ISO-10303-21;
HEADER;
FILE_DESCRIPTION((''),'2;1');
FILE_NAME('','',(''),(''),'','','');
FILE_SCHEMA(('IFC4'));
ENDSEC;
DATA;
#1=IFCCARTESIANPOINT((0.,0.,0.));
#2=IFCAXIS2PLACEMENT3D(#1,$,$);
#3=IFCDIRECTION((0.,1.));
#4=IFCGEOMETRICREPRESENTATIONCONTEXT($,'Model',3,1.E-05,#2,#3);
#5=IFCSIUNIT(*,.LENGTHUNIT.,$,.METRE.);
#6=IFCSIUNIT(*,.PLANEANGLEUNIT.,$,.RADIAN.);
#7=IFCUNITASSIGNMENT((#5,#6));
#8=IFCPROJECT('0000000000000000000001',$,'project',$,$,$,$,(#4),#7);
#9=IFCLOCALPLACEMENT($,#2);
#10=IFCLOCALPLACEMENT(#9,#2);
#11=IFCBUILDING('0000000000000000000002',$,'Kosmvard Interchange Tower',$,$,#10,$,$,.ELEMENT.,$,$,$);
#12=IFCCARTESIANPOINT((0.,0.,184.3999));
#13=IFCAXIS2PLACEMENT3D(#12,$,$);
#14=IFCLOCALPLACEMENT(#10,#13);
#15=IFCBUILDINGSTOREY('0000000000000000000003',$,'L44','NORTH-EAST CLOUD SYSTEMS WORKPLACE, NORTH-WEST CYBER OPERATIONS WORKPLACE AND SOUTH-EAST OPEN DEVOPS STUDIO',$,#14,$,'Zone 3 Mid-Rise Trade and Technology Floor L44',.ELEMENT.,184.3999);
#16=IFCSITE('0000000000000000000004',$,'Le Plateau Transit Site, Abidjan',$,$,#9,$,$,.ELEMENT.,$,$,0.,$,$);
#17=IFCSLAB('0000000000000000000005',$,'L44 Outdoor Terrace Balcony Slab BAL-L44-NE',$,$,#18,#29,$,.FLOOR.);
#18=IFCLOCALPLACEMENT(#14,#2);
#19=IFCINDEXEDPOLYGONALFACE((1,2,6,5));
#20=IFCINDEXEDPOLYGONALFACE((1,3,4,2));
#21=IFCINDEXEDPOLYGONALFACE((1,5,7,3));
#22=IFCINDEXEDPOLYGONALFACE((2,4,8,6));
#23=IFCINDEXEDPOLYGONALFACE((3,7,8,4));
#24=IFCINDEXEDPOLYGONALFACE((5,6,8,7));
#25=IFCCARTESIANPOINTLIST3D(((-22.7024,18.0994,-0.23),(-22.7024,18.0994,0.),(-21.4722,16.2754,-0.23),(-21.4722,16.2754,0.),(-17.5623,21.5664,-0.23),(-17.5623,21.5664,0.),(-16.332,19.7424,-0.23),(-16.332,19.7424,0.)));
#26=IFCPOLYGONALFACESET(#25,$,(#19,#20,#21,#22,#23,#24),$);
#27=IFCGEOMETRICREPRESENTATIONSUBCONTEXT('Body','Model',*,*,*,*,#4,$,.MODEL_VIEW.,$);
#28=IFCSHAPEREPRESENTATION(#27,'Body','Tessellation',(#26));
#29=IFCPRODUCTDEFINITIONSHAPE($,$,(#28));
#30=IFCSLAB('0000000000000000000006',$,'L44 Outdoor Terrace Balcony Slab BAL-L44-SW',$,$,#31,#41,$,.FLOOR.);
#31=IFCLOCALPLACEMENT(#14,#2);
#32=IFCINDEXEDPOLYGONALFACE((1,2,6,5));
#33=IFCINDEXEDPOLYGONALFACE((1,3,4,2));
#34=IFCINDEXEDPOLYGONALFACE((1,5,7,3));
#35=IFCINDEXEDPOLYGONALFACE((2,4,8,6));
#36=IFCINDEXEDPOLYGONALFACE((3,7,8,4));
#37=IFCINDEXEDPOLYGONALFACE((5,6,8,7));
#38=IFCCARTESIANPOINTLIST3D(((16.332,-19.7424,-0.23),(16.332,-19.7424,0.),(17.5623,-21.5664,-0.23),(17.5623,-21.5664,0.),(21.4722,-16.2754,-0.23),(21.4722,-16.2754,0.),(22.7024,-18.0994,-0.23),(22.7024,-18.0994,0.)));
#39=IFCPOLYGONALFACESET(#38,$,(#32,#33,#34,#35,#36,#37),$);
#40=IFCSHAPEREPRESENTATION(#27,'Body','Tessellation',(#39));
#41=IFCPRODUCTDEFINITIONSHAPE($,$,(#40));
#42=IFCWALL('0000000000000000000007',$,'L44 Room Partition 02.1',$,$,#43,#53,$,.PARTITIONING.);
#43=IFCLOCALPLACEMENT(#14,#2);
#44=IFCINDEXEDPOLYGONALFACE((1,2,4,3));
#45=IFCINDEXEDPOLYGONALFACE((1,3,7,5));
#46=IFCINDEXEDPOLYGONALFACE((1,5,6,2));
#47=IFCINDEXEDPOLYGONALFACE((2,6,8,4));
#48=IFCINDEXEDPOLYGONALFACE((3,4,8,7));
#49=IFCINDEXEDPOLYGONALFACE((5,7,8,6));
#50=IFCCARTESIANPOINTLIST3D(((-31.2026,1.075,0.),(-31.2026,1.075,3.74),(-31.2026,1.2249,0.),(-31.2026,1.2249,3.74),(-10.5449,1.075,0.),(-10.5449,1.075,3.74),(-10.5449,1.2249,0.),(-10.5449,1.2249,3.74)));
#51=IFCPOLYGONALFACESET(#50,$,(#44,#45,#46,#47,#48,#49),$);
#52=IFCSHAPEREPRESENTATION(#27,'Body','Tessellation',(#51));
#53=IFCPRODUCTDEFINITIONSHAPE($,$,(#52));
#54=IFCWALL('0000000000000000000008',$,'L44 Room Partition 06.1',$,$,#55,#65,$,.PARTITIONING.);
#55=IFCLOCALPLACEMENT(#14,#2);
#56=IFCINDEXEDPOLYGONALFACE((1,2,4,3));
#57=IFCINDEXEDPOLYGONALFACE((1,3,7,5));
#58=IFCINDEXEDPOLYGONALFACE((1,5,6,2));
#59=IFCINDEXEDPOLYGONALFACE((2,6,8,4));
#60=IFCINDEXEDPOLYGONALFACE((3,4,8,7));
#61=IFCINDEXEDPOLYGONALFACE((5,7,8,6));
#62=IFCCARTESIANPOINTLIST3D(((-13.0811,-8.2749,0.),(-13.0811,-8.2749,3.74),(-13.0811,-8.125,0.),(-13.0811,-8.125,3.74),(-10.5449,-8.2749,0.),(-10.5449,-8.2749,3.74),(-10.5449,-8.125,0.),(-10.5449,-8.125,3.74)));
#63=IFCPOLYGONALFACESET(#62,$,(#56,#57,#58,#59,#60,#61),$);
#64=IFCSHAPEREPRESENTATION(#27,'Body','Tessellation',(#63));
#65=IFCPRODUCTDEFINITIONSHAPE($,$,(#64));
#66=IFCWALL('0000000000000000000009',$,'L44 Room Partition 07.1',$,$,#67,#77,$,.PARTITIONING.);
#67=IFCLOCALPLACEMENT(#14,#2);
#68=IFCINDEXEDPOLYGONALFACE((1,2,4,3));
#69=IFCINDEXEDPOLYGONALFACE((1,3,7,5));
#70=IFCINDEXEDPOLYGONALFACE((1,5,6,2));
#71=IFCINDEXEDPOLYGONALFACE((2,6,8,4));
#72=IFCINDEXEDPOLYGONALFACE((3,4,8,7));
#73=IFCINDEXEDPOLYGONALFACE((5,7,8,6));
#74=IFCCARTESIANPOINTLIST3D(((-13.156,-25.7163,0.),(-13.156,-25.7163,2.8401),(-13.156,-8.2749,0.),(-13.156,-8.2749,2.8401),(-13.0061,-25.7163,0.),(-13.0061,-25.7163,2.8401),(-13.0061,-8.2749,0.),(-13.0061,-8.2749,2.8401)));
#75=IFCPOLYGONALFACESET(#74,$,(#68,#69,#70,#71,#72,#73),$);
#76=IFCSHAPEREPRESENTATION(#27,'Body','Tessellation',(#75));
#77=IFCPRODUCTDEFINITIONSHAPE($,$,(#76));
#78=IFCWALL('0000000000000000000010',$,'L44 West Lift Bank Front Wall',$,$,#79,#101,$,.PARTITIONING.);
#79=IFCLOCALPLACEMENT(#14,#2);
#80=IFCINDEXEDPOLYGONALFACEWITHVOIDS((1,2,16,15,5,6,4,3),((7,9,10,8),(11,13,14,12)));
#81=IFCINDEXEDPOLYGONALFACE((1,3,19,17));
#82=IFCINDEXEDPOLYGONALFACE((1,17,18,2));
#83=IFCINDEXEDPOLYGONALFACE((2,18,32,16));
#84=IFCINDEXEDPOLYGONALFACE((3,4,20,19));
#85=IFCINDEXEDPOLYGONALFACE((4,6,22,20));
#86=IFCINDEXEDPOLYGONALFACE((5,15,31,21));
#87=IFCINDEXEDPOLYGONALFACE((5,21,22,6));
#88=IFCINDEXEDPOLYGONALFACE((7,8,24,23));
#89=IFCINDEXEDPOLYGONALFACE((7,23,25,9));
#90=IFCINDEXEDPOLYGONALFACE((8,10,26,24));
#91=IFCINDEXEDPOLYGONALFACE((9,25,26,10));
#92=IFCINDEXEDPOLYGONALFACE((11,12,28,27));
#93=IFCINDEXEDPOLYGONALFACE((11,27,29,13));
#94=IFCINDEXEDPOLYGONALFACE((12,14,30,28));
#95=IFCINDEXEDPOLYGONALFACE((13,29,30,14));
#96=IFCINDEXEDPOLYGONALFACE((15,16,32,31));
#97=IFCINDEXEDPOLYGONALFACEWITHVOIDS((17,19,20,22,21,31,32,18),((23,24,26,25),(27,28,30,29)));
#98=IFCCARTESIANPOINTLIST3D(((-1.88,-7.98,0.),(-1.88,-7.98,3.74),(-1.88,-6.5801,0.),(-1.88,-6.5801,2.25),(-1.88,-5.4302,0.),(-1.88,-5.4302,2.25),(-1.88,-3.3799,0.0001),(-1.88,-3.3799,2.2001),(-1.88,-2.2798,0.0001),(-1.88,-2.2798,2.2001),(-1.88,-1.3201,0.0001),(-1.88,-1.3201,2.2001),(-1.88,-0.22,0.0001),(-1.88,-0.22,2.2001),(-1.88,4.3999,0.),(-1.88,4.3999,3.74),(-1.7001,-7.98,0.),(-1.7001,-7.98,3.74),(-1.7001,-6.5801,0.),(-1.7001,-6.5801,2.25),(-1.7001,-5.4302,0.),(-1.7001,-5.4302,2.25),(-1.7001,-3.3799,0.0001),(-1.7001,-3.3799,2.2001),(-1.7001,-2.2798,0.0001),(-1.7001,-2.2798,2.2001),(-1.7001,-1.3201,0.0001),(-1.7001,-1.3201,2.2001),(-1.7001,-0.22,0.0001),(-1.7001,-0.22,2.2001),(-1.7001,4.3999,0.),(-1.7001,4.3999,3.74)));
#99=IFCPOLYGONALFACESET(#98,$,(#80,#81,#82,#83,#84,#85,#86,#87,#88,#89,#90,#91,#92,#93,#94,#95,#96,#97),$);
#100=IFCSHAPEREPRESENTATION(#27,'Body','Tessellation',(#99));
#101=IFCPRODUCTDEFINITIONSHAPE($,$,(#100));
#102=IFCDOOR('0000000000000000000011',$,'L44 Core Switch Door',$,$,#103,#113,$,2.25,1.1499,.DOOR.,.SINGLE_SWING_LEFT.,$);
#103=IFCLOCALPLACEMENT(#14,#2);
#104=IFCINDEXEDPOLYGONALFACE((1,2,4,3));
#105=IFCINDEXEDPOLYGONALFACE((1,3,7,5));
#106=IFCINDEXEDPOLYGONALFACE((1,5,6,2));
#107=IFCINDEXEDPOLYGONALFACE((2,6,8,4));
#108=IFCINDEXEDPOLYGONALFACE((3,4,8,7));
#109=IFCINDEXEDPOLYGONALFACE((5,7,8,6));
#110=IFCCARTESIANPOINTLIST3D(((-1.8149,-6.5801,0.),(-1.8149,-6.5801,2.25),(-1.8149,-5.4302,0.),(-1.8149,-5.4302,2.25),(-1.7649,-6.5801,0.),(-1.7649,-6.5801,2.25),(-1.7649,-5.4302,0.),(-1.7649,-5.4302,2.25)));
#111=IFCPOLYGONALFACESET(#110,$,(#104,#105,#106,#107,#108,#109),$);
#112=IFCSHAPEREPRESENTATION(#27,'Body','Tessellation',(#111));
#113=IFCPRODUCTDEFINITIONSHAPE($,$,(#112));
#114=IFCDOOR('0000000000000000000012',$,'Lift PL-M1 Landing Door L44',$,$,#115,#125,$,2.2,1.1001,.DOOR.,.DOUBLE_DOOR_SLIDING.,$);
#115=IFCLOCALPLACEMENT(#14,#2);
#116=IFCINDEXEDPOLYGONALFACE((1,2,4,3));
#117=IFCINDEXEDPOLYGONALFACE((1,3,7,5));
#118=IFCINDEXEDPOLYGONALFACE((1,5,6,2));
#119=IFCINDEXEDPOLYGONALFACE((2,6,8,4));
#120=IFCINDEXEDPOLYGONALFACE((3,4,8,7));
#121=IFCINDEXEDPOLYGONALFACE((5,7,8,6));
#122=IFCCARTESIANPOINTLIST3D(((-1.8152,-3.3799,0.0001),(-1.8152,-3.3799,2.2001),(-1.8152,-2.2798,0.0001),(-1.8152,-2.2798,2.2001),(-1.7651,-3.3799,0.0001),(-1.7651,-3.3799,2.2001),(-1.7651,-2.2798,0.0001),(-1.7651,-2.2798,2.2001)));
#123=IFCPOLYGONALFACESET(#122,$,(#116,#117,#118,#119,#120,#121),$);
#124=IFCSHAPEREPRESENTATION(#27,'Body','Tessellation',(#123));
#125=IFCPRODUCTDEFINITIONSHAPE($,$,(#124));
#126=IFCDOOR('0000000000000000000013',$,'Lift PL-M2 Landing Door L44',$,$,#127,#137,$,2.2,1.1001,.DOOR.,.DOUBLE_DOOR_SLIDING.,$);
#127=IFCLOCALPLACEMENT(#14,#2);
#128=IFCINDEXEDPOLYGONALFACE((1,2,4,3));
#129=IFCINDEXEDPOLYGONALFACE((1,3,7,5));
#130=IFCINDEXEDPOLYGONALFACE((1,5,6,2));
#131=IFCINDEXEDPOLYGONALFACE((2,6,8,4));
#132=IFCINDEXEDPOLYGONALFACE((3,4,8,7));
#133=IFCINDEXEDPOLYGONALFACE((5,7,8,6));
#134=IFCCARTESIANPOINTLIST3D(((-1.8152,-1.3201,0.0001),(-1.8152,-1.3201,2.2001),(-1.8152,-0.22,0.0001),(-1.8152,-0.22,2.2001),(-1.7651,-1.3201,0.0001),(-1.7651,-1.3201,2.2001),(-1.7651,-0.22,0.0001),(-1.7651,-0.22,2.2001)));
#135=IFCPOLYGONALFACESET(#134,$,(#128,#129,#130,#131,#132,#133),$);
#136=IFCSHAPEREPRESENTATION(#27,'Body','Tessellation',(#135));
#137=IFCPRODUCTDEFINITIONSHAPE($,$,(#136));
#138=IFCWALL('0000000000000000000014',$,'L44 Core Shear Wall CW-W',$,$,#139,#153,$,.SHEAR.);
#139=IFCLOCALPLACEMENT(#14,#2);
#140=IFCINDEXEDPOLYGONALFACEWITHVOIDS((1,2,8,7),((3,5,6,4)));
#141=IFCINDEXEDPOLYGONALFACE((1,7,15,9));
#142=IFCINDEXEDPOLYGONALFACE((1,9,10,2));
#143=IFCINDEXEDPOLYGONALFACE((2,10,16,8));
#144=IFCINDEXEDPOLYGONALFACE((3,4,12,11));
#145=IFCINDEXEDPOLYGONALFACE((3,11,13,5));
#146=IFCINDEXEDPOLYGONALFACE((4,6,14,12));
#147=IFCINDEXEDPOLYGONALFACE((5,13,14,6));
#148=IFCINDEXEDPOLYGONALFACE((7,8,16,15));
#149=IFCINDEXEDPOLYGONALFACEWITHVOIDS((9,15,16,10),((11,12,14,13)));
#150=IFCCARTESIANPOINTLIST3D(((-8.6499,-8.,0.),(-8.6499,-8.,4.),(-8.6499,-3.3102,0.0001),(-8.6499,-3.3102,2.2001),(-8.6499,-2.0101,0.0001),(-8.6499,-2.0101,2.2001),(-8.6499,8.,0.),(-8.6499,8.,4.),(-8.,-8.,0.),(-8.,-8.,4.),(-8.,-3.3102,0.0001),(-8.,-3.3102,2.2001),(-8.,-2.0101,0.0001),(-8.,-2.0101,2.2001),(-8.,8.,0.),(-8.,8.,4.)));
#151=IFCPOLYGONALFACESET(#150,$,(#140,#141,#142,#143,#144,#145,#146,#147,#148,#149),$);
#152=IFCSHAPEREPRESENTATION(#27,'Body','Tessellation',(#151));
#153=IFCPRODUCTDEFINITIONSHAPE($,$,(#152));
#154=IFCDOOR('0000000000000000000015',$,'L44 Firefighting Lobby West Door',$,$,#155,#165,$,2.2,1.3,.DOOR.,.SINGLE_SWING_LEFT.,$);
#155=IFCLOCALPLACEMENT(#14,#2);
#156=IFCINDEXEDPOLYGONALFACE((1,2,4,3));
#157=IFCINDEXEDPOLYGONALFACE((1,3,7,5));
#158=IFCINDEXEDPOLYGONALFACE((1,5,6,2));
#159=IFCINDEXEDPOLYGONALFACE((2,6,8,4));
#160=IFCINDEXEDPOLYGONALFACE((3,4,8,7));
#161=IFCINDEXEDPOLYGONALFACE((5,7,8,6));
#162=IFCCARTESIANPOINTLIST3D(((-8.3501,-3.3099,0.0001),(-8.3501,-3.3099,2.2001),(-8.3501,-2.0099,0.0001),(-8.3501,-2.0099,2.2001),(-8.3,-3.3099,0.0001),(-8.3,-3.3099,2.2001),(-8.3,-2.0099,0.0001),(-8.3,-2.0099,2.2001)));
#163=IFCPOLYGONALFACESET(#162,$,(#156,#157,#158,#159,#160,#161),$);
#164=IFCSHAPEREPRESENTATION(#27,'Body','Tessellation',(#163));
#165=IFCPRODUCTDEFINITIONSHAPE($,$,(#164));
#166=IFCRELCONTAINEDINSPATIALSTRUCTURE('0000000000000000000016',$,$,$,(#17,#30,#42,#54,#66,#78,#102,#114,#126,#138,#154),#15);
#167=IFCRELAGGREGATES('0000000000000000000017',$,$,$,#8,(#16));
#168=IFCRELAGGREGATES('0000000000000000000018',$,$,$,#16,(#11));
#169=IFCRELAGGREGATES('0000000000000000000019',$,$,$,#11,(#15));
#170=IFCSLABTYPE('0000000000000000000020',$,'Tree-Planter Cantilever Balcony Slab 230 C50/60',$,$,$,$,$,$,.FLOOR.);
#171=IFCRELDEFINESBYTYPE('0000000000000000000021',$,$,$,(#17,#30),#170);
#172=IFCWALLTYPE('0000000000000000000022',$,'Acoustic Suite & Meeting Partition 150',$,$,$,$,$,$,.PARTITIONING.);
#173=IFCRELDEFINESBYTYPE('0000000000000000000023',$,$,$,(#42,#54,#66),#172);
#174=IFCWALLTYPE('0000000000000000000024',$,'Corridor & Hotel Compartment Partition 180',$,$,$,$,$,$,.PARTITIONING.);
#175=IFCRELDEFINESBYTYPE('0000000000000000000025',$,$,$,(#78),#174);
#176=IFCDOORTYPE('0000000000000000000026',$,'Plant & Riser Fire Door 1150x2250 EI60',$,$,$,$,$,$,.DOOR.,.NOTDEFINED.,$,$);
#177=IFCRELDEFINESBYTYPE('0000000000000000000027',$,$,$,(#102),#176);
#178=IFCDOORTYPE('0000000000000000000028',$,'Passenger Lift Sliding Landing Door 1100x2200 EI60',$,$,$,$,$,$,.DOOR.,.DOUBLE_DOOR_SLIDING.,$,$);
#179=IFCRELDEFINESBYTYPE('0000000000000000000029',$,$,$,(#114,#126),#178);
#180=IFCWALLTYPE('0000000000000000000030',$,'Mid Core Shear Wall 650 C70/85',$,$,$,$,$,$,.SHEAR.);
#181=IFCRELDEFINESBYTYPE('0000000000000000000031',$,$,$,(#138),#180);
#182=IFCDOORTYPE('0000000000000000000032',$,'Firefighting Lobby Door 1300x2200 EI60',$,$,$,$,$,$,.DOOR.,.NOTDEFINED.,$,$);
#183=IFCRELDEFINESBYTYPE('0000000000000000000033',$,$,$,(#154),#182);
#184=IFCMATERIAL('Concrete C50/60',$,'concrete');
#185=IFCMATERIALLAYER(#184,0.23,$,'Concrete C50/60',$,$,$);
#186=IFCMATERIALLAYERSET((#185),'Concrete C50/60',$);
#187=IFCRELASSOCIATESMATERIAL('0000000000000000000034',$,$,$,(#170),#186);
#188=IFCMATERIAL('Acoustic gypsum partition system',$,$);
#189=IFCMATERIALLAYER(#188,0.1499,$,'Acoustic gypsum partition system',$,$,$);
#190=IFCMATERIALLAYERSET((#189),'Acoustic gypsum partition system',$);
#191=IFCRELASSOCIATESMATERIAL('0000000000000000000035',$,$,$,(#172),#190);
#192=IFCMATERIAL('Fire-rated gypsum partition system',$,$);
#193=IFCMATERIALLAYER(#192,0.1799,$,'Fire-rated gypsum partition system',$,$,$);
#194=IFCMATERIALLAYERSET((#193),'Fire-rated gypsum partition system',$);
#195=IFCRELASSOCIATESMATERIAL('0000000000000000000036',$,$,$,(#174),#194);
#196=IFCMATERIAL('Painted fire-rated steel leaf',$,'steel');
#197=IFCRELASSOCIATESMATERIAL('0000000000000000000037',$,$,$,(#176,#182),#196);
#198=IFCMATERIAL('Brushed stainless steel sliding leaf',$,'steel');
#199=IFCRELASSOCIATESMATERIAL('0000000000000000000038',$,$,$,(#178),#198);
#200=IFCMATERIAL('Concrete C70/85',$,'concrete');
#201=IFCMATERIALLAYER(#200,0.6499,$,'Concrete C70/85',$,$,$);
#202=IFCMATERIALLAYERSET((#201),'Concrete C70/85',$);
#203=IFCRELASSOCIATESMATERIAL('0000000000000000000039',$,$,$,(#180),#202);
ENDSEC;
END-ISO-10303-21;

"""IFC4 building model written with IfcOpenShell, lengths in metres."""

from ifc_helpers import new_model, si_unit, direction, frame, frame_2d, origin, place, context, subcontext, project, spatial, polyline, rectangle, outline, extrude, source, transform, mapped, material, layer, layer_set, type_object, element, fill, save


model = new_model("IFC4")

# Units and contexts
model_context = context("Model", 3, precision=1e-05, world=origin(), true_north=direction((0.0, 1.0)))
body_context = subcontext(model_context, "Body", "Model", "MODEL_VIEW")
ifc_project = project(units=[si_unit("LENGTHUNIT", "METRE"), si_unit("PLANEANGLEUNIT", "RADIAN")], contexts=[model_context])

# Site, building, storey
site_placement = place(None, origin())
site = spatial("IfcSite", under=ifc_project, at=site_placement, Name="Le Plateau Transit Site, Abidjan", CompositionType="ELEMENT", RefElevation=0.0)
building_placement = place(site_placement, origin())
building = spatial("IfcBuilding", under=site, at=building_placement, Name="Kosmvard Interchange Tower", CompositionType="ELEMENT")
storey_placement = place(building_placement, frame((0.0, 0.0, 184.3999)))
storey = spatial("IfcBuildingStorey", under=building, at=storey_placement, Name="L44", Description="NORTH-EAST CLOUD SYSTEMS WORKPLACE, NORTH-WEST CYBER OPERATIONS WORKPLACE AND SOUTH-EAST OPEN DEVOPS STUDIO", LongName="Zone 3 Mid-Rise Trade and Technology Floor L44", CompositionType="ELEMENT", Elevation=184.3999)

# Slabs
ifc_material_1 = material(Name="Concrete C50/60", Category="concrete")
ifc_layer_1 = layer(ifc_material_1, 0.23, Name="Concrete C50/60")
ifc_layer_set_1 = layer_set([ifc_layer_1], Name="Concrete C50/60")
slab_type_1 = type_object("IfcSlabType", Name="Tree-Planter Cantilever Balcony Slab 230 C50/60", PredefinedType="FLOOR", material=ifc_layer_set_1)
slab_1_placement = place(storey_placement, frame((0.0, 0.0, -0.23)))
element("IfcSlab", 1, at=slab_1_placement, inside=storey, type_object=slab_type_1, Name="L44 Outdoor Terrace Balcony Slab BAL-L44-NE", PredefinedType="FLOOR", context=body_context, shape_type="SweptSolid", body=[
    extrude(outline(polyline([(-21.4722, 16.2754), (-16.332, 19.7424), (-17.5623, 21.5664), (-22.7024, 18.0994), (-21.4722, 16.2754)])), origin(), (0.0, 0.0, 1.0), 0.23),
])
slab_2_placement = place(storey_placement, frame((0.0, 0.0, -0.23)))
element("IfcSlab", 2, at=slab_2_placement, inside=storey, type_object=slab_type_1, Name="L44 Outdoor Terrace Balcony Slab BAL-L44-SW", PredefinedType="FLOOR", context=body_context, shape_type="SweptSolid", body=[
    extrude(outline(polyline([(17.5623, -21.5664), (22.7024, -18.0994), (21.4722, -16.2754), (16.332, -19.7424), (17.5623, -21.5664)])), origin(), (0.0, 0.0, 1.0), 0.23),
])

# Walls
ifc_material_2 = material(Name="Acoustic gypsum partition system")
ifc_layer_2 = layer(ifc_material_2, 0.1499, Name="Acoustic gypsum partition system")
ifc_layer_set_2 = layer_set([ifc_layer_2], Name="Acoustic gypsum partition system")
wall_type_1 = type_object("IfcWallType", Name="Acoustic Suite & Meeting Partition 150", PredefinedType="PARTITIONING", material=ifc_layer_set_2)
wall_1_placement = place(storey_placement, frame((-31.2026, 1.1499, 0.0), z_axis=(0.0, 0.0, 1.0), x_axis=(1.0, 0.0, 0.0)))
element("IfcWall", 3, at=wall_1_placement, inside=storey, type_object=wall_type_1, Name="L44 Room Partition 02.1", PredefinedType="PARTITIONING", context=body_context, shape_type="SweptSolid", body=[
    extrude(rectangle(XDim=20.6577, YDim=0.1499, at=frame_2d((10.3289, 0.0))), origin(), (0.0, 0.0, 1.0), 3.74),
])
wall_2_placement = place(storey_placement, frame((-10.5449, -8.2, 0.0), z_axis=(0.0, 0.0, 1.0), x_axis=(-1.0, 0.0, 0.0)))
element("IfcWall", 4, at=wall_2_placement, inside=storey, type_object=wall_type_1, Name="L44 Room Partition 06.1", PredefinedType="PARTITIONING", context=body_context, shape_type="SweptSolid", body=[
    extrude(rectangle(XDim=2.5361, YDim=0.1499, at=frame_2d((1.2681, 0.0))), origin(), (0.0, 0.0, 1.0), 3.74),
])
wall_3_placement = place(storey_placement, frame((-13.0811, -8.2749, 0.0), z_axis=(0.0, 0.0, 1.0), x_axis=(0.0, -1.0, 0.0)))
element("IfcWall", 5, at=wall_3_placement, inside=storey, type_object=wall_type_1, Name="L44 Room Partition 07.1", PredefinedType="PARTITIONING", context=body_context, shape_type="SweptSolid", body=[
    extrude(rectangle(XDim=17.4414, YDim=0.1499, at=frame_2d((8.7207, 0.0))), origin(), (0.0, 0.0, 1.0), 2.8401),
])

# Wall, openings, doors
ifc_material_3 = material(Name="Fire-rated gypsum partition system")
ifc_layer_3 = layer(ifc_material_3, 0.1799, Name="Fire-rated gypsum partition system")
ifc_layer_set_3 = layer_set([ifc_layer_3], Name="Fire-rated gypsum partition system")
wall_type_2 = type_object("IfcWallType", Name="Corridor & Hotel Compartment Partition 180", PredefinedType="PARTITIONING", material=ifc_layer_set_3)
wall_4_placement = place(storey_placement, frame((-1.79, -7.98, 0.0), z_axis=(0.0, 0.0, 1.0), x_axis=(0.0, 1.0, 0.0)))
wall_4 = element("IfcWall", 6, at=wall_4_placement, inside=storey, type_object=wall_type_2, Name="L44 West Lift Bank Front Wall", PredefinedType="PARTITIONING", context=body_context, shape_type="SweptSolid", body=[
    extrude(rectangle(XDim=12.3799, YDim=0.1799, at=frame_2d((6.1899, 0.0))), origin(), (0.0, 0.0, 1.0), 3.74),
])
opening_1_placement = place(wall_4_placement, frame((4.6001, 0.0, 0.0)))
opening_1 = element("IfcOpeningElement", 7, at=opening_1_placement, cuts=wall_4, PredefinedType="OPENING", context=body_context, shape_type="SweptSolid", body=[
    extrude(rectangle(XDim=1.1001, YDim=2.2, at=frame_2d((0.55, 1.1001))), frame((0.0, 0.1001, 0.0), z_axis=(0.0, -1.0, 0.0), x_axis=(1.0, 0.0, 0.0)), (0.0, 0.0, 1.0), 0.2),
])
opening_2_placement = place(wall_4_placement, frame((6.6599, 0.0, 0.0)))
opening_2 = element("IfcOpeningElement", 8, at=opening_2_placement, cuts=wall_4, PredefinedType="OPENING", context=body_context, shape_type="SweptSolid", body=[
    extrude(rectangle(XDim=1.1001, YDim=2.2, at=frame_2d((0.55, 1.1001))), frame((0.0, 0.1001, 0.0), z_axis=(0.0, -1.0, 0.0), x_axis=(1.0, 0.0, 0.0)), (0.0, 0.0, 1.0), 0.2),
])
opening_3_placement = place(wall_4_placement, frame((1.3999, 0.0, 0.0)))
opening_3 = element("IfcOpeningElement", 9, at=opening_3_placement, cuts=wall_4, PredefinedType="OPENING", context=body_context, shape_type="SweptSolid", body=[
    extrude(rectangle(XDim=1.1499, YDim=2.25, at=frame_2d((0.575, 1.125))), frame((0.0, 0.1001, 0.0), z_axis=(0.0, -1.0, 0.0), x_axis=(1.0, 0.0, 0.0)), (0.0, 0.0, 1.0), 0.2),
])
ifc_material_4 = material(Name="Painted fire-rated steel leaf", Category="steel")
door_type_1 = type_object("IfcDoorType", Name="Plant & Riser Fire Door 1150x2250 EI60", OperationType="NOTDEFINED", PredefinedType="DOOR", material=ifc_material_4)
shared_shape_1 = source(origin(), body_context, "Body", "SweptSolid", [
    extrude(rectangle(XDim=1.1499, YDim=2.25, at=frame_2d((0.575, 1.125))), frame((0.0, 0.0249, 0.0), z_axis=(0.0, -1.0, 0.0), x_axis=(1.0, 0.0, 0.0)), (0.0, 0.0, 1.0), 0.05),
])
door_1_placement = place(opening_3_placement, origin())
door_1 = element("IfcDoor", 10, at=door_1_placement, inside=storey, type_object=door_type_1, Name="L44 Core Switch Door", OperationType="SINGLE_SWING_LEFT", OverallHeight=2.25, OverallWidth=1.1499, PredefinedType="DOOR", context=body_context, shape_type="MappedRepresentation", body=[
    mapped(shared_shape_1, transform((0.0, 0.0, 0.0), scale=1.0)),
])
fill(opening_3, door_1)
ifc_material_5 = material(Name="Brushed stainless steel sliding leaf", Category="steel")
door_type_2 = type_object("IfcDoorType", Name="Passenger Lift Sliding Landing Door 1100x2200 EI60", OperationType="DOUBLE_DOOR_SLIDING", PredefinedType="DOOR", material=ifc_material_5)
shared_shape_2 = source(origin(), body_context, "Body", "SweptSolid", [
    extrude(rectangle(XDim=1.1001, YDim=2.2, at=frame_2d((0.55, 1.1001))), frame((0.0, 0.0249, 0.0), z_axis=(0.0, -1.0, 0.0), x_axis=(1.0, 0.0, 0.0)), (0.0, 0.0, 1.0), 0.05),
])
door_2_placement = place(opening_1_placement, frame((1.1001, 0.0, 0.0), z_axis=(0.0, 0.0, 1.0), x_axis=(-1.0, 0.0, 0.0)))
door_2 = element("IfcDoor", 11, at=door_2_placement, inside=storey, type_object=door_type_2, Name="Lift PL-M1 Landing Door L44", OperationType="DOUBLE_DOOR_SLIDING", OverallHeight=2.2, OverallWidth=1.1001, PredefinedType="DOOR", context=body_context, shape_type="MappedRepresentation", body=[
    mapped(shared_shape_2, transform((0.0, 0.0, 0.0), scale=1.0)),
])
fill(opening_1, door_2)
door_3_placement = place(opening_2_placement, frame((1.1001, 0.0, 0.0), z_axis=(0.0, 0.0, 1.0), x_axis=(-1.0, 0.0, 0.0)))
door_3 = element("IfcDoor", 12, at=door_3_placement, inside=storey, type_object=door_type_2, Name="Lift PL-M2 Landing Door L44", OperationType="DOUBLE_DOOR_SLIDING", OverallHeight=2.2, OverallWidth=1.1001, PredefinedType="DOOR", context=body_context, shape_type="MappedRepresentation", body=[
    mapped(shared_shape_2, transform((0.0, 0.0, 0.0), scale=1.0)),
])
fill(opening_2, door_3)

# Wall, opening, door
ifc_material_6 = material(Name="Concrete C70/85", Category="concrete")
ifc_layer_4 = layer(ifc_material_6, 0.6499, Name="Concrete C70/85")
ifc_layer_set_4 = layer_set([ifc_layer_4], Name="Concrete C70/85")
wall_type_3 = type_object("IfcWallType", Name="Mid Core Shear Wall 650 C70/85", PredefinedType="SHEAR", material=ifc_layer_set_4)
wall_5_placement = place(storey_placement, frame((-8.325, -8.0, 0.0), z_axis=(0.0, 0.0, 1.0), x_axis=(0.0, 1.0, 0.0)))
wall_5 = element("IfcWall", 13, at=wall_5_placement, inside=storey, type_object=wall_type_3, Name="L44 Core Shear Wall CW-W", PredefinedType="SHEAR", context=body_context, shape_type="SweptSolid", body=[
    extrude(rectangle(XDim=16.0, YDim=0.6499, at=frame_2d((8.0, 0.0))), origin(), (0.0, 0.0, 1.0), 4.0),
])
opening_4_placement = place(wall_5_placement, frame((4.6899, 0.0, 0.0)))
opening_4 = element("IfcOpeningElement", 14, at=opening_4_placement, cuts=wall_5, PredefinedType="OPENING", context=body_context, shape_type="SweptSolid", body=[
    extrude(rectangle(XDim=1.3, YDim=2.2, at=frame_2d((0.6499, 1.1001))), frame((0.0, 0.335, 0.0), z_axis=(0.0, -1.0, 0.0), x_axis=(1.0, 0.0, 0.0)), (0.0, 0.0, 1.0), 0.6699),
])
door_type_3 = type_object("IfcDoorType", Name="Firefighting Lobby Door 1300x2200 EI60", OperationType="NOTDEFINED", PredefinedType="DOOR", material=ifc_material_4)
shared_shape_3 = source(origin(), body_context, "Body", "SweptSolid", [
    extrude(rectangle(XDim=1.3, YDim=2.2, at=frame_2d((0.6499, 1.1001))), frame((0.0, 0.0249, 0.0), z_axis=(0.0, -1.0, 0.0), x_axis=(1.0, 0.0, 0.0)), (0.0, 0.0, 1.0), 0.05),
])
door_4_placement = place(opening_4_placement, frame((1.3, 0.0, 0.0), z_axis=(0.0, 0.0, 1.0), x_axis=(-1.0, 0.0, 0.0)))
door_4 = element("IfcDoor", 15, at=door_4_placement, inside=storey, type_object=door_type_3, Name="L44 Firefighting Lobby West Door", OperationType="SINGLE_SWING_LEFT", OverallHeight=2.2, OverallWidth=1.3, PredefinedType="DOOR", context=body_context, shape_type="MappedRepresentation", body=[
    mapped(shared_shape_3, transform((0.0, 0.0, 0.0), scale=1.0)),
])
fill(opening_4, door_4)

save(model, "model.ifc")
